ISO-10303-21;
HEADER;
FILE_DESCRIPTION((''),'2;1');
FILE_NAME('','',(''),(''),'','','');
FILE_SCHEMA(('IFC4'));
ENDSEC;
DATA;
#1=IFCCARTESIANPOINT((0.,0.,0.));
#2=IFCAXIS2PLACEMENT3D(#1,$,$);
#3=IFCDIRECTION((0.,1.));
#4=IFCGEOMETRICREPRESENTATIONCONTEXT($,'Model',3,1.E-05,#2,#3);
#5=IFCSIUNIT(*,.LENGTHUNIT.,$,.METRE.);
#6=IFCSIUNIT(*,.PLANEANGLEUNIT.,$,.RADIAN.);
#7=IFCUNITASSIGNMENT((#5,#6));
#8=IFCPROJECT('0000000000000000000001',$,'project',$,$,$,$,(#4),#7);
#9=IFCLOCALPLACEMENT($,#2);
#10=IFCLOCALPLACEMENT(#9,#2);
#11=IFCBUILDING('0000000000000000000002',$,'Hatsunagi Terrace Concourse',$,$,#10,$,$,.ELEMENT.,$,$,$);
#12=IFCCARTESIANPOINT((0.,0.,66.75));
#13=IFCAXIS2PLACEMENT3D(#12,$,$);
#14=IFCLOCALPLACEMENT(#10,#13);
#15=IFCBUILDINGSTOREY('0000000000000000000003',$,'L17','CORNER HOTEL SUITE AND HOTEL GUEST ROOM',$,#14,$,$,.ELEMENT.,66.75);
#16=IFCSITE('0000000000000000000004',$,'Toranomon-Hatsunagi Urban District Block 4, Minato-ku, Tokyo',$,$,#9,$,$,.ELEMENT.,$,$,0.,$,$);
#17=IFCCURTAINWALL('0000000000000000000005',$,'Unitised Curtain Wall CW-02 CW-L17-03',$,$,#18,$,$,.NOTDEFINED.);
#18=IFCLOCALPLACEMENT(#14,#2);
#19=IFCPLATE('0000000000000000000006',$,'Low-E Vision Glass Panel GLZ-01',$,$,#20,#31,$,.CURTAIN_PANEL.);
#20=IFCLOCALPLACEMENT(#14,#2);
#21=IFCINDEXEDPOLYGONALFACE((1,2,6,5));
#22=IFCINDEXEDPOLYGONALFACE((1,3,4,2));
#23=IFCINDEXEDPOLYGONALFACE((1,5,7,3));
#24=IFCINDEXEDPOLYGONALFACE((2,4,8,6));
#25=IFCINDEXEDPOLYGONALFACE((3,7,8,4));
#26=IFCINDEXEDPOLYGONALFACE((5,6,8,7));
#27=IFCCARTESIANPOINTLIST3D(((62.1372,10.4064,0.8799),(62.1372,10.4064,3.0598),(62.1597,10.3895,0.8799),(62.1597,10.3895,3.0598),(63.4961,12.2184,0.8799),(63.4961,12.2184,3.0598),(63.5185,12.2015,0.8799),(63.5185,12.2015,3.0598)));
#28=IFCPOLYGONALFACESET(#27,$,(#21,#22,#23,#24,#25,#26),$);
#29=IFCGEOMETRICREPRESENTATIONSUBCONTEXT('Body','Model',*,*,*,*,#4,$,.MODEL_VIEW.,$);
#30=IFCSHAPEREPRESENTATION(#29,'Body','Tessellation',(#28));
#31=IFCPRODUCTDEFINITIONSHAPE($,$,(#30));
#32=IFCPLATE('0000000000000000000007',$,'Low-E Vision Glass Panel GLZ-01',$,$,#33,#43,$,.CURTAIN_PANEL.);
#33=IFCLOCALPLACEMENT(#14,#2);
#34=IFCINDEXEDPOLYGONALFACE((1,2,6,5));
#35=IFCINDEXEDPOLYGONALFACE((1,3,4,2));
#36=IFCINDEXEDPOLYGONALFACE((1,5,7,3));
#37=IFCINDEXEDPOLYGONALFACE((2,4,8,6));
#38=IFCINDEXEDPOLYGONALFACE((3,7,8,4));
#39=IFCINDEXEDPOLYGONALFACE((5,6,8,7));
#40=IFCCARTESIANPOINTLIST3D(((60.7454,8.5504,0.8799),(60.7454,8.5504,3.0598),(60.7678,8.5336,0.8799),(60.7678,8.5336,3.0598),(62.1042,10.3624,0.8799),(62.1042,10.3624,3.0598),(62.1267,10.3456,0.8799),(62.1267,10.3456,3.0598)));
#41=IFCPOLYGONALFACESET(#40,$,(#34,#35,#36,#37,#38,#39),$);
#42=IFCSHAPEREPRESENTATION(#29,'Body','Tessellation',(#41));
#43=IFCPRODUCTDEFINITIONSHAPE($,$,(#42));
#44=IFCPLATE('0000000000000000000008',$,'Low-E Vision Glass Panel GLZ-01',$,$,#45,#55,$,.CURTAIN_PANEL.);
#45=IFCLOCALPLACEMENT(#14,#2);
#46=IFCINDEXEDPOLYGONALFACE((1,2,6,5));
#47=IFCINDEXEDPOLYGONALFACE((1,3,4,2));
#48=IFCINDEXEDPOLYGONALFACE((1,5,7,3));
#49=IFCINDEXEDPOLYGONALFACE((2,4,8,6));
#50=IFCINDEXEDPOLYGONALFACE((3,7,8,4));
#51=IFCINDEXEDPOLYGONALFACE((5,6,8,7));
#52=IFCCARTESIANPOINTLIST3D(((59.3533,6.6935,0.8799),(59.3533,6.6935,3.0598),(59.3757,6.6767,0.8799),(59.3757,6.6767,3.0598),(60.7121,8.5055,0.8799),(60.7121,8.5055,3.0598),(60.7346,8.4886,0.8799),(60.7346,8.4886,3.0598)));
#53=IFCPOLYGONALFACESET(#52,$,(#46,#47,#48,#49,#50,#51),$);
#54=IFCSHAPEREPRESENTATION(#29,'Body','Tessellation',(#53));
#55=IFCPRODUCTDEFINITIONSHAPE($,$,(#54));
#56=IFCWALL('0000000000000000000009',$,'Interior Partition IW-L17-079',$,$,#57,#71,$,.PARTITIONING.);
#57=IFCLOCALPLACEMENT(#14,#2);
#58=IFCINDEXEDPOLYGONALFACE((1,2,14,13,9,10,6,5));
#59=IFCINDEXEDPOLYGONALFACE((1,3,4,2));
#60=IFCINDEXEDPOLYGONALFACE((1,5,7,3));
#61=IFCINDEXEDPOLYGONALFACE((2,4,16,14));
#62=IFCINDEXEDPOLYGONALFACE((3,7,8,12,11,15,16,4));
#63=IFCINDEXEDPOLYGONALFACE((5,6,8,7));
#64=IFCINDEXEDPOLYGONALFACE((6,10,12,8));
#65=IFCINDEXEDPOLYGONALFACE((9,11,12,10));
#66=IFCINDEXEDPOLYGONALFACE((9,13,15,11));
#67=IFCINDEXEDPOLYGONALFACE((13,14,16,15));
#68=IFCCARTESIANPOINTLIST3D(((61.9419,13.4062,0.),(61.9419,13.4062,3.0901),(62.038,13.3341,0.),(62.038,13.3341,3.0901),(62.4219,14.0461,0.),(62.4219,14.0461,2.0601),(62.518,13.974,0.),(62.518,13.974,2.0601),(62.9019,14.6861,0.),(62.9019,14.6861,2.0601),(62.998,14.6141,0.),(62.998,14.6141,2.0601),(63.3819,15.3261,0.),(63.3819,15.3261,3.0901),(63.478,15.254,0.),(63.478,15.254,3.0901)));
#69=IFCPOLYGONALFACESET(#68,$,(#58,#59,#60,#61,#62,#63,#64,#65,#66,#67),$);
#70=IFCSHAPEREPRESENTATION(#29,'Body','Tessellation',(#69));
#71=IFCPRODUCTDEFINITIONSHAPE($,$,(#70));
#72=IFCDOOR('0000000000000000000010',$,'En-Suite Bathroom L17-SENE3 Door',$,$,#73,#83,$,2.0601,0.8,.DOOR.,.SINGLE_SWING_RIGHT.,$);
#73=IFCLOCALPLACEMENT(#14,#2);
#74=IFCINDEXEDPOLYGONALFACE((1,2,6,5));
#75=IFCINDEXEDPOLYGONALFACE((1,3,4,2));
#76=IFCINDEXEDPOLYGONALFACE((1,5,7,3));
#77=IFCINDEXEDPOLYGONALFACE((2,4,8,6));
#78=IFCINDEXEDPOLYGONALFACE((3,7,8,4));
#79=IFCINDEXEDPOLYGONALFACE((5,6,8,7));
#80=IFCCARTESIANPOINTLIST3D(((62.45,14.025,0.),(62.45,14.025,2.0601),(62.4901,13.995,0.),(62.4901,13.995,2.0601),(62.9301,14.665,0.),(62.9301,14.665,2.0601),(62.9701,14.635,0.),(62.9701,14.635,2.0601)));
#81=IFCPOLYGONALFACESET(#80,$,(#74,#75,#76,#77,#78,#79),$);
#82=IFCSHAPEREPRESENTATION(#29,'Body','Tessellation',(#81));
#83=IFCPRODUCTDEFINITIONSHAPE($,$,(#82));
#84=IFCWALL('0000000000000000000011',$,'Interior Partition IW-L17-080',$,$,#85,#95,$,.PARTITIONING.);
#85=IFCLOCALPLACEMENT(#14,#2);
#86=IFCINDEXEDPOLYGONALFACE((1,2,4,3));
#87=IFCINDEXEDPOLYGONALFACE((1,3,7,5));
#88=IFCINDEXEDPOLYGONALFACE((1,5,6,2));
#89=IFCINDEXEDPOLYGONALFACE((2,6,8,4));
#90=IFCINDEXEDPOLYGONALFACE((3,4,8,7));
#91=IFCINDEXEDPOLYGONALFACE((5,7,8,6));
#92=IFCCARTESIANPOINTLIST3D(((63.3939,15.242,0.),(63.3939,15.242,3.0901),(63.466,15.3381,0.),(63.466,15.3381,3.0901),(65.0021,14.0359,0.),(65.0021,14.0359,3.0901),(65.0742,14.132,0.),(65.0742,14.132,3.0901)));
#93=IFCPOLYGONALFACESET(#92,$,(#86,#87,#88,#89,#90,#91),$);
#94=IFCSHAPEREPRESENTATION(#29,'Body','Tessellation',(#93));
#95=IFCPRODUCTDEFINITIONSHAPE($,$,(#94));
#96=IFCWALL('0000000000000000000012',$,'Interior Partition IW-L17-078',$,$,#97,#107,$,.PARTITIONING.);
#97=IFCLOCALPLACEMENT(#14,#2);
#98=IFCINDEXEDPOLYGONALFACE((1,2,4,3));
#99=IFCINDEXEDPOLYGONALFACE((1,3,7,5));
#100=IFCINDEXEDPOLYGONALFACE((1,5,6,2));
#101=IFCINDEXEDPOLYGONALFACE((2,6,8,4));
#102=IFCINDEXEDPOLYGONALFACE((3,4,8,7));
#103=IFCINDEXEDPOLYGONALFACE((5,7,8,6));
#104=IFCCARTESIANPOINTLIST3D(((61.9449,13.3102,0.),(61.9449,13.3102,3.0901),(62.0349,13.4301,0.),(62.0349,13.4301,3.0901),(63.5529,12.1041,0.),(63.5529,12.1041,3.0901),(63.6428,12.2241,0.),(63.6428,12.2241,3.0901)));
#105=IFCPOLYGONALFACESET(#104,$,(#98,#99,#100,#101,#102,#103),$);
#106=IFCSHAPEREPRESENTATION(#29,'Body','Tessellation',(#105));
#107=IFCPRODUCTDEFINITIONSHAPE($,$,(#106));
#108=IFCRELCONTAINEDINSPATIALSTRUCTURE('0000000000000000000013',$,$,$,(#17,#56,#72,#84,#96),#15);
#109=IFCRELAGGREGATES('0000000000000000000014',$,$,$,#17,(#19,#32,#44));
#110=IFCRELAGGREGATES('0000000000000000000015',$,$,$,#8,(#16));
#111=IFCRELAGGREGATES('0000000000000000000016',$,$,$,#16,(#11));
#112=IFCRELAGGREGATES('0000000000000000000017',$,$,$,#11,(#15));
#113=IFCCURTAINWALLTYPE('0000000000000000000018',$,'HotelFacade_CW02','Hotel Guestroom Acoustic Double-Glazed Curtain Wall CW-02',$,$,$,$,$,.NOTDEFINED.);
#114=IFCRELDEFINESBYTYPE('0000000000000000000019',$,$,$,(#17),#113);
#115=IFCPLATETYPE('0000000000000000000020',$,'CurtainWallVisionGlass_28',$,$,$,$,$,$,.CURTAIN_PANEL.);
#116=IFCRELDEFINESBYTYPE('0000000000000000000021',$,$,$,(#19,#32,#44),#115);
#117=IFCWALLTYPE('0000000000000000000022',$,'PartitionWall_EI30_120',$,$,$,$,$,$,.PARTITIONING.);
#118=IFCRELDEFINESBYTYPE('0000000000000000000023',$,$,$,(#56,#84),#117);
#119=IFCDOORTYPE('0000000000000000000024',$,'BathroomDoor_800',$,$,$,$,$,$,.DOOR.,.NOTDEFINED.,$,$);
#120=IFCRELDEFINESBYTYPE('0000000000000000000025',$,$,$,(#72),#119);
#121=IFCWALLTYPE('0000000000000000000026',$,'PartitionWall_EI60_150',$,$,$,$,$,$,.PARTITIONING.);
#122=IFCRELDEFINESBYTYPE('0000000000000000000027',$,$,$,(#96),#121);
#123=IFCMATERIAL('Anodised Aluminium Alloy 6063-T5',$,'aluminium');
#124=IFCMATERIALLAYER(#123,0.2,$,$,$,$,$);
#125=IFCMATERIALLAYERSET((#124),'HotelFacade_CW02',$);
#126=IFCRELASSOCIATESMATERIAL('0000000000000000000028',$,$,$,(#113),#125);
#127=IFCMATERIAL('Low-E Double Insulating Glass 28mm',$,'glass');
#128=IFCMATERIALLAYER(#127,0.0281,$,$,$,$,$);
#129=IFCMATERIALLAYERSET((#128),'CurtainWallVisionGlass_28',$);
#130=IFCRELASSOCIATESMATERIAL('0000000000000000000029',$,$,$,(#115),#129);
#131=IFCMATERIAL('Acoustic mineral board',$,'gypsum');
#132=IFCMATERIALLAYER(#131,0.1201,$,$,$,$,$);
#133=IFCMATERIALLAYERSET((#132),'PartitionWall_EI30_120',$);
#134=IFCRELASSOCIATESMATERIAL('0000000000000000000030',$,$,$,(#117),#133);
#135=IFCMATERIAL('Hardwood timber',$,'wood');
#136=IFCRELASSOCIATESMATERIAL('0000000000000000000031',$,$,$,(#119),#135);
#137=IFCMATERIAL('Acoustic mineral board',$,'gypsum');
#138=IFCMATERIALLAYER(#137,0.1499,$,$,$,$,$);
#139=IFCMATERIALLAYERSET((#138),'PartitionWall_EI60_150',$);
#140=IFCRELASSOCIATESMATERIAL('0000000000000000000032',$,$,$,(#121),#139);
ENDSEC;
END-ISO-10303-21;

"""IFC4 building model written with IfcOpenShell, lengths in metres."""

from ifc_helpers import new_model, si_unit, direction, frame, frame_2d, origin, origin_2d, place, context, subcontext, project, spatial, rectangle, extrude, material, layer, layer_set, type_object, element, fill, aggregate, save


model = new_model("IFC4")

# Units and contexts
model_context = context("Model", 3, precision=1e-05, world=origin(), true_north=direction((0.0, 1.0)))
body_context = subcontext(model_context, "Body", "Model", "MODEL_VIEW")
ifc_project = project(units=[si_unit("LENGTHUNIT", "METRE"), si_unit("PLANEANGLEUNIT", "RADIAN")], contexts=[model_context])

# Site, building, storey
site_placement = place(None, origin())
site = spatial("IfcSite", under=ifc_project, at=site_placement, Name="Toranomon-Hatsunagi Urban District Block 4, Minato-ku, Tokyo", CompositionType="ELEMENT", RefElevation=0.0)
building_placement = place(site_placement, origin())
building = spatial("IfcBuilding", under=site, at=building_placement, Name="Hatsunagi Terrace Concourse", CompositionType="ELEMENT")
storey_placement = place(building_placement, frame((0.0, 0.0, 66.75)))
storey = spatial("IfcBuildingStorey", under=building, at=storey_placement, Name="L17", Description="CORNER HOTEL SUITE AND HOTEL GUEST ROOM", CompositionType="ELEMENT", Elevation=66.75)

# Curtain wall
ifc_material_1 = material(Name="Anodised Aluminium Alloy 6063-T5", Category="aluminium")
ifc_layer_1 = layer(ifc_material_1, 0.2)
ifc_layer_set_1 = layer_set([ifc_layer_1], Name="HotelFacade_CW02")
curtain_wall_type = type_object("IfcCurtainWallType", Name="HotelFacade_CW02", Description="Hotel Guestroom Acoustic Double-Glazed Curtain Wall CW-02", PredefinedType="NOTDEFINED", material=ifc_layer_set_1)
curtain_wall_placement = place(storey_placement, origin())
curtain_wall = element("IfcCurtainWall", 1, at=curtain_wall_placement, inside=storey, type_object=curtain_wall_type, Name="Unitised Curtain Wall CW-02 CW-L17-03", PredefinedType="NOTDEFINED")

# Plates
ifc_material_2 = material(Name="Low-E Double Insulating Glass 28mm", Category="glass")
ifc_layer_2 = layer(ifc_material_2, 0.0281)
ifc_layer_set_2 = layer_set([ifc_layer_2], Name="CurtainWallVisionGlass_28")
plate_type_1 = type_object("IfcPlateType", Name="CurtainWallVisionGlass_28", PredefinedType="CURTAIN_PANEL", material=ifc_layer_set_2)
plate_1_placement = place(storey_placement, frame((62.8279, 11.304, 0.8799), z_axis=(0.0, 0.0, 1.0), x_axis=(-0.599969, -0.800023, 0.0)))
plate_1 = element("IfcPlate", 2, at=plate_1_placement, type_object=plate_type_1, Name="Low-E Vision Glass Panel GLZ-01", PredefinedType="CURTAIN_PANEL", context=body_context, shape_type="SweptSolid", body=[
    extrude(rectangle(XDim=2.2649, YDim=0.0281, at=origin_2d()), origin(), (0.0, 0.0, 1.0), 2.1799),
])
plate_2_placement = place(storey_placement, frame((61.436, 9.448, 0.8799), z_axis=(0.0, 0.0, 1.0), x_axis=(-0.599969, -0.800023, 0.0)))
plate_2 = element("IfcPlate", 3, at=plate_2_placement, type_object=plate_type_1, Name="Low-E Vision Glass Panel GLZ-01", PredefinedType="CURTAIN_PANEL", context=body_context, shape_type="SweptSolid", body=[
    extrude(rectangle(XDim=2.2649, YDim=0.0281, at=origin_2d()), origin(), (0.0, 0.0, 1.0), 2.1799),
])
plate_3_placement = place(storey_placement, frame((60.0439, 7.5911, 0.8799), z_axis=(0.0, 0.0, 1.0), x_axis=(-0.599969, -0.800023, 0.0)))
plate_3 = element("IfcPlate", 4, at=plate_3_placement, type_object=plate_type_1, Name="Low-E Vision Glass Panel GLZ-01", PredefinedType="CURTAIN_PANEL", context=body_context, shape_type="SweptSolid", body=[
    extrude(rectangle(XDim=2.2649, YDim=0.0281, at=origin_2d()), origin(), (0.0, 0.0, 1.0), 2.1799),
])
aggregate(curtain_wall, [plate_1, plate_2, plate_3])

# Wall, opening, door
ifc_material_3 = material(Name="Acoustic mineral board", Category="gypsum")
ifc_layer_3 = layer(ifc_material_3, 0.1201)
ifc_layer_set_3 = layer_set([ifc_layer_3], Name="PartitionWall_EI30_120")
wall_type_1 = type_object("IfcWallType", Name="PartitionWall_EI30_120", PredefinedType="PARTITIONING", material=ifc_layer_set_3)
wall_1_placement = place(storey_placement, frame((61.99, 13.3701, 0.0), z_axis=(0.0, 0.0, 1.0), x_axis=(0.6, 0.8, 0.0)))
wall_1 = element("IfcWall", 5, at=wall_1_placement, inside=storey, type_object=wall_type_1, Name="Interior Partition IW-L17-079", PredefinedType="PARTITIONING", context=body_context, shape_type="SweptSolid", body=[
    extrude(rectangle(XDim=2.3999, YDim=0.1201, at=frame_2d((1.2, 0.0))), origin(), (0.0, 0.0, 1.0), 3.0901),
])
opening_placement = place(wall_1_placement, frame((0.8, 0.0, 0.0)))
opening = element("IfcOpeningElement", 6, at=opening_placement, cuts=wall_1, PredefinedType="OPENING", context=body_context, shape_type="SweptSolid", body=[
    extrude(rectangle(XDim=0.8, YDim=2.0601, at=frame_2d((0.3999, 1.03))), frame((0.0, 0.0701, 0.0), z_axis=(0.0, -1.0, 0.0), x_axis=(1.0, 0.0, 0.0)), (0.0, 0.0, 1.0), 0.1401),
])
ifc_material_4 = material(Name="Hardwood timber", Category="wood")
door_type = type_object("IfcDoorType", Name="BathroomDoor_800", OperationType="NOTDEFINED", PredefinedType="DOOR", material=ifc_material_4)
door_placement = place(opening_placement, origin())
door = element("IfcDoor", 7, at=door_placement, inside=storey, type_object=door_type, Name="En-Suite Bathroom L17-SENE3 Door", OperationType="SINGLE_SWING_RIGHT", OverallHeight=2.0601, OverallWidth=0.8, PredefinedType="DOOR", context=body_context, shape_type="SweptSolid", body=[
    extrude(rectangle(XDim=0.8, YDim=2.0601, at=frame_2d((0.3999, 1.03))), frame((0.0, 0.0249, 0.0), z_axis=(0.0, -1.0, 0.0), x_axis=(1.0, 0.0, 0.0)), (0.0, 0.0, 1.0), 0.05),
])
fill(opening, door)

# Walls
wall_2_placement = place(storey_placement, frame((63.4299, 15.29, 0.0), z_axis=(0.0, 0.0, 1.0), x_axis=(0.800015, -0.599981, 0.0)))
element("IfcWall", 8, at=wall_2_placement, inside=storey, type_object=wall_type_1, Name="Interior Partition IW-L17-080", PredefinedType="PARTITIONING", context=body_context, shape_type="SweptSolid", body=[
    extrude(rectangle(XDim=2.0103, YDim=0.1201, at=frame_2d((1.0051, 0.0))), origin(), (0.0, 0.0, 1.0), 3.0901),
])
ifc_material_5 = material(Name="Acoustic mineral board", Category="gypsum")
ifc_layer_4 = layer(ifc_material_5, 0.1499)
ifc_layer_set_4 = layer_set([ifc_layer_4], Name="PartitionWall_EI60_150")
wall_type_2 = type_object("IfcWallType", Name="PartitionWall_EI60_150", PredefinedType="PARTITIONING", material=ifc_layer_set_4)
wall_3_placement = place(storey_placement, frame((61.99, 13.3701, 0.0), z_axis=(0.0, 0.0, 1.0), x_axis=(0.799971, -0.600039, 0.0)))
element("IfcWall", 9, at=wall_3_placement, inside=storey, type_object=wall_type_2, Name="Interior Partition IW-L17-078", PredefinedType="PARTITIONING", context=body_context, shape_type="SweptSolid", body=[
    extrude(rectangle(XDim=2.01, YDim=0.1499, at=frame_2d((1.0049, 0.0))), origin(), (0.0, 0.0, 1.0), 3.0901),
])

save(model, "model.ifc")
